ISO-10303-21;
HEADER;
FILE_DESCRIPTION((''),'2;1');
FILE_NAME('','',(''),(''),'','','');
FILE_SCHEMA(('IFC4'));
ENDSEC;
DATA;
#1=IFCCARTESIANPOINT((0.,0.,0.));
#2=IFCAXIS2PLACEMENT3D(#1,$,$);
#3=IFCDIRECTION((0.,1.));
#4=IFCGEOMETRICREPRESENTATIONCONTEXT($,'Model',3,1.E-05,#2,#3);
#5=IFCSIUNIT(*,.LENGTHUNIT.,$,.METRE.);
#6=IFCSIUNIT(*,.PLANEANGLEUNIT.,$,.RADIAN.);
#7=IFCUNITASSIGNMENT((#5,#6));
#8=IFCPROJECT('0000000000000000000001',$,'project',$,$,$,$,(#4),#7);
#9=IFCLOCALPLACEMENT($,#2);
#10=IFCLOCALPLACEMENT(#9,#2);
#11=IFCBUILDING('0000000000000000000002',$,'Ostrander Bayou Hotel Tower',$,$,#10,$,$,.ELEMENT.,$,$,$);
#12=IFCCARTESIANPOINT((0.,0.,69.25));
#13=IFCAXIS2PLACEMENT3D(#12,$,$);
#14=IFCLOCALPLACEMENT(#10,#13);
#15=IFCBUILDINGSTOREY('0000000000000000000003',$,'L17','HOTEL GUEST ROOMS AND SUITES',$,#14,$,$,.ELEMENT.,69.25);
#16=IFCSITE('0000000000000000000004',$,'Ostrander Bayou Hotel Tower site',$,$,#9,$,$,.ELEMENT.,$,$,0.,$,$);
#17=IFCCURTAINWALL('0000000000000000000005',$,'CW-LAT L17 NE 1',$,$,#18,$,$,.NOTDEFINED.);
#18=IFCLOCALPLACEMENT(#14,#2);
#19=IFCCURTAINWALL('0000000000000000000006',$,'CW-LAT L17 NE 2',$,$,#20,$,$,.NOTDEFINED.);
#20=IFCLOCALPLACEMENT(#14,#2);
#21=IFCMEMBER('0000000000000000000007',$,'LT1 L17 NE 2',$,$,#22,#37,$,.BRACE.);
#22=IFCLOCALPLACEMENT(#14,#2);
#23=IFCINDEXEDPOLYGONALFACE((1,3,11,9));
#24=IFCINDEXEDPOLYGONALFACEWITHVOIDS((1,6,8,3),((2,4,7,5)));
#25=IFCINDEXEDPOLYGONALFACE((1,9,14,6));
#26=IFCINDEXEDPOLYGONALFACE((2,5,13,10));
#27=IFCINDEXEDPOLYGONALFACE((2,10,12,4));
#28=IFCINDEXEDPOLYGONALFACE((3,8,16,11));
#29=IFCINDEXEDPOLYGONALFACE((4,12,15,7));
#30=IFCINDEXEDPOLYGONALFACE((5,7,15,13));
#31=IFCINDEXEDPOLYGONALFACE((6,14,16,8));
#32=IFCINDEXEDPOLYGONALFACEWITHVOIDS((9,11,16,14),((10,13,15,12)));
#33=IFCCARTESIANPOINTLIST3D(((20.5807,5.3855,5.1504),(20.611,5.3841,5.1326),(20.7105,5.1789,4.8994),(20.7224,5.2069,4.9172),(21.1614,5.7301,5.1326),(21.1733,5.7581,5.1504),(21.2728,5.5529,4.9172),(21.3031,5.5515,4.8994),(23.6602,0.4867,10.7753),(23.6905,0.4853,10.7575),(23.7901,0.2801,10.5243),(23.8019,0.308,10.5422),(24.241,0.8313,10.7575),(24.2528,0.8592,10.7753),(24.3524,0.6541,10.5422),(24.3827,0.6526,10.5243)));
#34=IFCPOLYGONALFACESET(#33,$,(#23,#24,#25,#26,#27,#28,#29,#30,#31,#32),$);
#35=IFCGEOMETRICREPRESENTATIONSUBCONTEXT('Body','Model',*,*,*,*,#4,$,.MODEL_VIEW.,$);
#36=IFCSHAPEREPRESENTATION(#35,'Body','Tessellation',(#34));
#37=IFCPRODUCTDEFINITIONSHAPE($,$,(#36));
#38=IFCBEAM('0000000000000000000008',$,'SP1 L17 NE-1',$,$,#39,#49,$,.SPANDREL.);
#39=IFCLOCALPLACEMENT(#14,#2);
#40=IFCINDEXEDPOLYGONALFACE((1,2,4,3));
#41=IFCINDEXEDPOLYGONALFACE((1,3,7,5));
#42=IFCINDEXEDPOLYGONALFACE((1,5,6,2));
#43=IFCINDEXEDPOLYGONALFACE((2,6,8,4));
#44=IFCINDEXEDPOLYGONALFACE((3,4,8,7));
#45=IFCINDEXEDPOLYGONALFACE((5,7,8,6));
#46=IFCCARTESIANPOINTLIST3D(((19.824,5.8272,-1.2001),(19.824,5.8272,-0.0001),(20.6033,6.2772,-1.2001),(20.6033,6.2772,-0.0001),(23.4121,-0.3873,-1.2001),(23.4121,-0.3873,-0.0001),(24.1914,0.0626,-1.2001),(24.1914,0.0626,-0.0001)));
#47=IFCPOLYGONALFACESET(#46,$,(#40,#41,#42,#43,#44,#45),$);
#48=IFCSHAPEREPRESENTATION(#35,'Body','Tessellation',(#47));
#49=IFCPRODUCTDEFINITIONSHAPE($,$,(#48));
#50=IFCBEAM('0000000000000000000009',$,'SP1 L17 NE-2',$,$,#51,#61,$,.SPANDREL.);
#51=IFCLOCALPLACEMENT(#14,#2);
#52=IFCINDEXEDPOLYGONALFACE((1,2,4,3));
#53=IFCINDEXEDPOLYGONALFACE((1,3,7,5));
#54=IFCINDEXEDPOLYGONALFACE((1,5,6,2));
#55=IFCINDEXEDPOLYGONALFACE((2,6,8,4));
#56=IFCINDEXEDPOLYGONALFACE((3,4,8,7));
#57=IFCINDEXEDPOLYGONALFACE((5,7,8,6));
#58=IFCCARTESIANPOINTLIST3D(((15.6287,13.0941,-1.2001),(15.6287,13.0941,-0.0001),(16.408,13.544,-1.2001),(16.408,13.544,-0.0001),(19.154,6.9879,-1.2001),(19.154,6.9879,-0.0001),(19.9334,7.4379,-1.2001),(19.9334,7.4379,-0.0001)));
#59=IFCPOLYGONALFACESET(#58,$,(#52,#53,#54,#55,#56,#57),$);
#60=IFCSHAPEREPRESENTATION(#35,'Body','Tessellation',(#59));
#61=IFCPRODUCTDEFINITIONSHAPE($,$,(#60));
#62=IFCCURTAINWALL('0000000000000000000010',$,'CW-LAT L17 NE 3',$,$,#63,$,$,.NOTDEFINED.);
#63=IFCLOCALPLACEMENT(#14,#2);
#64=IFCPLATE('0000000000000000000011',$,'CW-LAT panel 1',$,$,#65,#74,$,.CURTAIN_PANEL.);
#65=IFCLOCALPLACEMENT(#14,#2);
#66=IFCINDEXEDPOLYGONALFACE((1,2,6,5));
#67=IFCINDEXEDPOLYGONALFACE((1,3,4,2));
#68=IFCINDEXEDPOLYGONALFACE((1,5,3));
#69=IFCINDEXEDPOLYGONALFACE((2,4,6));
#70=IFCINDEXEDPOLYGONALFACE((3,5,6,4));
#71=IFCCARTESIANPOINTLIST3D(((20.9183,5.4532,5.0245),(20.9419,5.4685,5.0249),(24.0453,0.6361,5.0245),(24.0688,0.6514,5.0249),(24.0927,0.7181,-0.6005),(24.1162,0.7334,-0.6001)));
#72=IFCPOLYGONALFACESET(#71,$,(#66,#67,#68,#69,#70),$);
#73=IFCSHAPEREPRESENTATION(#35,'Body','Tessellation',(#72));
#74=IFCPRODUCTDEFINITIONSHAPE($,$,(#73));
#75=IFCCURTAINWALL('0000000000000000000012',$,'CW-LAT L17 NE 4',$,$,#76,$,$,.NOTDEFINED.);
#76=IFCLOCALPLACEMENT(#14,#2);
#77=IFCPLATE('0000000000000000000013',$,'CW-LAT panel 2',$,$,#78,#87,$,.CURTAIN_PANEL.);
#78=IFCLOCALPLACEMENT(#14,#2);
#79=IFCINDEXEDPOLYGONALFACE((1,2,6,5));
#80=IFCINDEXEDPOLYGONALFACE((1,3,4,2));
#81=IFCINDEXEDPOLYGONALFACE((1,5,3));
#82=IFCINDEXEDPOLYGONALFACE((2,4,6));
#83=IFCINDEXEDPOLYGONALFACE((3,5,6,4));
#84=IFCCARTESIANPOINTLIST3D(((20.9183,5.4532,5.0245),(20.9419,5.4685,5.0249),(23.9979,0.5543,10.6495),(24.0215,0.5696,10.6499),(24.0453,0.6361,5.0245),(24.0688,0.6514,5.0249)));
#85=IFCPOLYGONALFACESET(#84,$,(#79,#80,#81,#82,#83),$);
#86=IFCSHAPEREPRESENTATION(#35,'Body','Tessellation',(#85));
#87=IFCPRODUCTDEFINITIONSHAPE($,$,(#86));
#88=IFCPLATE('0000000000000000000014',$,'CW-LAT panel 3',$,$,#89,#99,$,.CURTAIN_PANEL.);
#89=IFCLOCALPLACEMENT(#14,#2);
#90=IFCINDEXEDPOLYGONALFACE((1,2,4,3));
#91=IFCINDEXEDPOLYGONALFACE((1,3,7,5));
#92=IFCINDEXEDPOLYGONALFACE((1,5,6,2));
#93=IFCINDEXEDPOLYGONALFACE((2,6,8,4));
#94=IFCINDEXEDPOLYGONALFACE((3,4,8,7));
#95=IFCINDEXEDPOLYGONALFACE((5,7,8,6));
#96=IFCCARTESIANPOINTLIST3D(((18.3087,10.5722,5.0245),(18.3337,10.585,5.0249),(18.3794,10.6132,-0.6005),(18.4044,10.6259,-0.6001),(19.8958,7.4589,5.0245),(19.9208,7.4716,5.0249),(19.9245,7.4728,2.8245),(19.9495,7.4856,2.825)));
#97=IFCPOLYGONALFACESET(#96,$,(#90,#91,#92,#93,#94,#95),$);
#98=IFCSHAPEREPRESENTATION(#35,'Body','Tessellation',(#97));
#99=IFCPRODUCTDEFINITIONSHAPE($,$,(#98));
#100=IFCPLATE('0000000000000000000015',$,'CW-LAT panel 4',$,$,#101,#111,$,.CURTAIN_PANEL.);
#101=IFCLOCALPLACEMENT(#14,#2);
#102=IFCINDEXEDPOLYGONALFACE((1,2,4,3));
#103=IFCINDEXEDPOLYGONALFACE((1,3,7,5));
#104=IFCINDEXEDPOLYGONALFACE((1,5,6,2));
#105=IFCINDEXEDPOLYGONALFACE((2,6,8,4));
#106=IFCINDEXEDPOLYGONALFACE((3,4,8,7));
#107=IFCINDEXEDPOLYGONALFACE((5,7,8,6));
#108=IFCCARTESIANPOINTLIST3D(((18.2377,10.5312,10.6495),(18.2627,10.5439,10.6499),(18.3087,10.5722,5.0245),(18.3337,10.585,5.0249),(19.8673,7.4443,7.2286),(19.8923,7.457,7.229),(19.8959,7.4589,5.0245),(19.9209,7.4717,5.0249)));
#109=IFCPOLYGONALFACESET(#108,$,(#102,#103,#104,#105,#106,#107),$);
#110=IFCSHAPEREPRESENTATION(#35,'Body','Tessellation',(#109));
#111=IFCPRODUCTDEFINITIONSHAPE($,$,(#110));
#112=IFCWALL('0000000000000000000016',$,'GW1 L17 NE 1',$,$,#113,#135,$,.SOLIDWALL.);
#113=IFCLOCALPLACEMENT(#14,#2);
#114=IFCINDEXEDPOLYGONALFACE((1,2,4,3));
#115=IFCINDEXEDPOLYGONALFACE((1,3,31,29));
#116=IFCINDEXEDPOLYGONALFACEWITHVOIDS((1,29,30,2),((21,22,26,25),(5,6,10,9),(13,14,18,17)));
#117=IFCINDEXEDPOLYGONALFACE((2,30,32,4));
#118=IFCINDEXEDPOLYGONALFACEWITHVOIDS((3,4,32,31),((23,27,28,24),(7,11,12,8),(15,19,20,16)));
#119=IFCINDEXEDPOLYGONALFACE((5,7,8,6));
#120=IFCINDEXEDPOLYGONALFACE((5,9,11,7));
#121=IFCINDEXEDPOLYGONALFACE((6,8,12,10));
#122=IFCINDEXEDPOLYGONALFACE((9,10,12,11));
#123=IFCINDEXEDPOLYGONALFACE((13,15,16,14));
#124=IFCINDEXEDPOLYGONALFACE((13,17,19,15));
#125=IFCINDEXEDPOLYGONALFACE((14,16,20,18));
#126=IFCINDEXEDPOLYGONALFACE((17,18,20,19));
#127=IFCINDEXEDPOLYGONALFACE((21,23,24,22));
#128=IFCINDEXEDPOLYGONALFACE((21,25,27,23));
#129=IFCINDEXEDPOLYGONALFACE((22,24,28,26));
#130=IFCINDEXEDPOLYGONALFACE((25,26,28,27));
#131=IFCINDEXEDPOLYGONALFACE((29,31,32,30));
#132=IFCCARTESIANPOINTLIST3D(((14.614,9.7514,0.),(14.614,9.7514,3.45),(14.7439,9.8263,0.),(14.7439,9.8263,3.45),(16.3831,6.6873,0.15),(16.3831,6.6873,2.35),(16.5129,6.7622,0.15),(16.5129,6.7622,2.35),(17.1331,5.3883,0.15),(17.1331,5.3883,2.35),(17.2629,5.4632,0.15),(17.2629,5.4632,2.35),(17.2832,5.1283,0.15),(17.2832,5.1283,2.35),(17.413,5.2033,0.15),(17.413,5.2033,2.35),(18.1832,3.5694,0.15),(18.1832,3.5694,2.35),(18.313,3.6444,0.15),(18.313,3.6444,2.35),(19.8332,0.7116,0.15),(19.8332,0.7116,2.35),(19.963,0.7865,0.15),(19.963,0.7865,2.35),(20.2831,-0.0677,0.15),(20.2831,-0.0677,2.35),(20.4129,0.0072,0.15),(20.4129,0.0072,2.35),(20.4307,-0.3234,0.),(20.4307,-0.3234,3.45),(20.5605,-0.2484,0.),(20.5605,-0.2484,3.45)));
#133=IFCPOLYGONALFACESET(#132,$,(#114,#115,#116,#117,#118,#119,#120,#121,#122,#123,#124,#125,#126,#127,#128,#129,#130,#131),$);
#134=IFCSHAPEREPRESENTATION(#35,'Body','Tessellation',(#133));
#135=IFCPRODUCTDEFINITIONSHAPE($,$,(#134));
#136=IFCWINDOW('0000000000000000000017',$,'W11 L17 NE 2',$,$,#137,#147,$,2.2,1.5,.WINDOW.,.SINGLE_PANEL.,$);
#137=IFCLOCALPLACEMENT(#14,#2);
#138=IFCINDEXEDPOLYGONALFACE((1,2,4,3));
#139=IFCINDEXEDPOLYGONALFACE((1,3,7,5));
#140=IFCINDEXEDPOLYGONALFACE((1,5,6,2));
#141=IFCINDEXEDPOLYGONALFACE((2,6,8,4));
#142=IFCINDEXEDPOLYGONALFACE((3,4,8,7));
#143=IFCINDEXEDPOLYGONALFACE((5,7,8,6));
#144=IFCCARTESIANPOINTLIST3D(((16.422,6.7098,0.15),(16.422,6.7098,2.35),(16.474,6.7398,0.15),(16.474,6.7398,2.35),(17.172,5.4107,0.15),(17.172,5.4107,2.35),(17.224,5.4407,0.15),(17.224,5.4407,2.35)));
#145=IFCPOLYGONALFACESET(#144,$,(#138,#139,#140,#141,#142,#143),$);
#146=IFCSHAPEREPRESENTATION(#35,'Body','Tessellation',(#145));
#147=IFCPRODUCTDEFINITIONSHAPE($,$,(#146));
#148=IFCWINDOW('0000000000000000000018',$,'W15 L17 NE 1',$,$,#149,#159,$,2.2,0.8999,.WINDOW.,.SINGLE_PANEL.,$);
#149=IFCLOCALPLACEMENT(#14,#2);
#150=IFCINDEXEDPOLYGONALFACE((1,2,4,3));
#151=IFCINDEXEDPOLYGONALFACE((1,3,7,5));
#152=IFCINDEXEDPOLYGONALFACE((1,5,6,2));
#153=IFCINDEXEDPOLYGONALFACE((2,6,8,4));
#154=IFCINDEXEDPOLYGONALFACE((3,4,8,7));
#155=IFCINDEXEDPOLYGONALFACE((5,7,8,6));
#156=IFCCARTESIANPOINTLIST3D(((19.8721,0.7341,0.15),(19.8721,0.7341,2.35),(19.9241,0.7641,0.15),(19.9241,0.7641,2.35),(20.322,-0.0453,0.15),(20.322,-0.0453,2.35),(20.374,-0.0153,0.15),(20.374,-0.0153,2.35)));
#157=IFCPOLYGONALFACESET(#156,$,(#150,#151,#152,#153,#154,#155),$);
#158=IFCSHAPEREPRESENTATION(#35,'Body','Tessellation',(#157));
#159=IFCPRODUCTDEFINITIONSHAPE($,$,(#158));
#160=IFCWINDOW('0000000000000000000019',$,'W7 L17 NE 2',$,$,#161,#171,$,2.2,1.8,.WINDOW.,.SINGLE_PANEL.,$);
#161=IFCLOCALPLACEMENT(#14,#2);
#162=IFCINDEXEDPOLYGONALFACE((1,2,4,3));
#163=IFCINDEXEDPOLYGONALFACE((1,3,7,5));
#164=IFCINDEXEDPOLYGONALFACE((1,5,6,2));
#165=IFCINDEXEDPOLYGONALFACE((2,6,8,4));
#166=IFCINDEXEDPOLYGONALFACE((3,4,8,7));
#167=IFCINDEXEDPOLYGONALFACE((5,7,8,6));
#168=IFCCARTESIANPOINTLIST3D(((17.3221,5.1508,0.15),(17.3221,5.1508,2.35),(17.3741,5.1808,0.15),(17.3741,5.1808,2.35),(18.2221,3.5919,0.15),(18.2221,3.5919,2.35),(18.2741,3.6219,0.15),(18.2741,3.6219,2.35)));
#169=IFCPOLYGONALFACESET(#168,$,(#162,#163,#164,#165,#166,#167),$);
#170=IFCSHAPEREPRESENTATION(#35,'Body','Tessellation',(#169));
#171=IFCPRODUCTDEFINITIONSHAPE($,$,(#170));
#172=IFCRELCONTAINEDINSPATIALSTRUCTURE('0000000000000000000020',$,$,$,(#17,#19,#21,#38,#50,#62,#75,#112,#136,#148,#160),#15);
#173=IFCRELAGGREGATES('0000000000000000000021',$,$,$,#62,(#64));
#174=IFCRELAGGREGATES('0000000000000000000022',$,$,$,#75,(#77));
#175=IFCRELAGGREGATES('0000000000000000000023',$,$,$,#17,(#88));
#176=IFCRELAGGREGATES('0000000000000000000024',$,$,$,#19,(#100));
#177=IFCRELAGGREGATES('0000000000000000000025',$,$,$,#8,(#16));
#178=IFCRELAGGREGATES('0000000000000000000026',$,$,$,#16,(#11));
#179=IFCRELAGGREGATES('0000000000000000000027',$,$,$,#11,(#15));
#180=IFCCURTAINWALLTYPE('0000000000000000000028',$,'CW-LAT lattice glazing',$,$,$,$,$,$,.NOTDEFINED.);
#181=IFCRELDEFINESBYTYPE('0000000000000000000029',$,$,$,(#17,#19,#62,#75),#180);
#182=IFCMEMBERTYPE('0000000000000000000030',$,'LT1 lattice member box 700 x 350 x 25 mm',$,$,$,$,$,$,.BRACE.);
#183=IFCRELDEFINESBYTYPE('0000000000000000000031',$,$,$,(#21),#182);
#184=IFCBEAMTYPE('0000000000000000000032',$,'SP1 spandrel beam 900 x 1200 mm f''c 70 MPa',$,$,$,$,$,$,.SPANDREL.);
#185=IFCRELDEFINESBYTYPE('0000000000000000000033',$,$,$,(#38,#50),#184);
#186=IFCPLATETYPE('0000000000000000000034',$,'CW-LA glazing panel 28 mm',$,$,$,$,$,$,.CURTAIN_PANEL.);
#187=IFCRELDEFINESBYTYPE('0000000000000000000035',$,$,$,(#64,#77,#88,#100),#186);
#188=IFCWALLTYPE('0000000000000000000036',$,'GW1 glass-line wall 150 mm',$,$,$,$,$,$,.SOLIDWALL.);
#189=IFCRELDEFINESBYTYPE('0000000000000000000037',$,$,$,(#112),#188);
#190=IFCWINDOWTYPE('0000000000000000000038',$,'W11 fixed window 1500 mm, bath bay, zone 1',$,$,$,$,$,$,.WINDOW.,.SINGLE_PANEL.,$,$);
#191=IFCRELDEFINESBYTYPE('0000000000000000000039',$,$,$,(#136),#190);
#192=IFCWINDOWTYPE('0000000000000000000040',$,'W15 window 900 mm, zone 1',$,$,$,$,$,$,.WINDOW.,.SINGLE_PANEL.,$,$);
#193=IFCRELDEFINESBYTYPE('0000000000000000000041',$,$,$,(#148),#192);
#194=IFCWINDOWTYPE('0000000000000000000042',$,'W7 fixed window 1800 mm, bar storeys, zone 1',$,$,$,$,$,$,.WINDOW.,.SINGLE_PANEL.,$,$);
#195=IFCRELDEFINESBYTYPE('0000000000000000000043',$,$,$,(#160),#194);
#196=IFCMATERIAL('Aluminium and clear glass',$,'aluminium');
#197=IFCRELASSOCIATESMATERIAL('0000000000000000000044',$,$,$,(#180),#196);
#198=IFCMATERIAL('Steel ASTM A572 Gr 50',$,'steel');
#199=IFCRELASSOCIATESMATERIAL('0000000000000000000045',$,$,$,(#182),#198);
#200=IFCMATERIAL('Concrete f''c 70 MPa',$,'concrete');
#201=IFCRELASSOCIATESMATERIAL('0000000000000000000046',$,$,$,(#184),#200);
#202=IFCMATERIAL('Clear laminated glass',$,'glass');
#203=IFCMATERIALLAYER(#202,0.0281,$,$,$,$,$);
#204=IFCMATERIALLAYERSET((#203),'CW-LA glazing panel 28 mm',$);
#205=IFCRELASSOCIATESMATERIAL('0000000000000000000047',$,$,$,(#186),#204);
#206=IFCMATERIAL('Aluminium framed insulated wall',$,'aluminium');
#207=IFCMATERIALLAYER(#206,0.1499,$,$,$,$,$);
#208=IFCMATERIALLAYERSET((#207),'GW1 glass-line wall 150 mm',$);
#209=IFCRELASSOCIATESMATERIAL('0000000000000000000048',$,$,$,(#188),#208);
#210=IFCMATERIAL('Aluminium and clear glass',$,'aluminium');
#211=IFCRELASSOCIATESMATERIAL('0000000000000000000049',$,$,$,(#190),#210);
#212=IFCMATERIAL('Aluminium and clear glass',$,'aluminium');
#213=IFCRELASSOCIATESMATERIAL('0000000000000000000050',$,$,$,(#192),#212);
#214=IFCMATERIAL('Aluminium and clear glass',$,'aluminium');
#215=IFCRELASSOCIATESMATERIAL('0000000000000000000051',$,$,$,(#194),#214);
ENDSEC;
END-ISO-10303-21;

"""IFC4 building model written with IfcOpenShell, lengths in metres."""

from ifc_helpers import new_model, si_unit, direction, frame, frame_2d, origin, origin_2d, place, context, subcontext, project, spatial, polyline, rectangle, hollow_rectangle, outline, extrude, material, layer, layer_set, material_profile, profile_set, type_object, element, fill, aggregate, save


model = new_model("IFC4")

# Units and contexts
model_context = context("Model", 3, precision=1e-05, world=origin(), true_north=direction((0.0, 1.0)))
body_context = subcontext(model_context, "Body", "Model", "MODEL_VIEW")
ifc_project = project(units=[si_unit("LENGTHUNIT", "METRE"), si_unit("PLANEANGLEUNIT", "RADIAN")], contexts=[model_context])

# Site, building, storey
site_placement = place(None, origin())
site = spatial("IfcSite", under=ifc_project, at=site_placement, Name="Ostrander Bayou Hotel Tower site", CompositionType="ELEMENT", RefElevation=0.0)
building_placement = place(site_placement, origin())
building = spatial("IfcBuilding", under=site, at=building_placement, Name="Ostrander Bayou Hotel Tower", CompositionType="ELEMENT")
storey_placement = place(building_placement, frame((0.0, 0.0, 69.25)))
storey = spatial("IfcBuildingStorey", under=building, at=storey_placement, Name="L17", Description="HOTEL GUEST ROOMS AND SUITES", CompositionType="ELEMENT", Elevation=69.25)

# Curtain wall
ifc_material_1 = material(Name="Aluminium and clear glass", Category="aluminium")
curtain_wall_type = type_object("IfcCurtainWallType", Name="CW-LAT lattice glazing", PredefinedType="NOTDEFINED", material=ifc_material_1)
curtain_wall_1_placement = place(storey_placement, origin())
curtain_wall_1 = element("IfcCurtainWall", 1, at=curtain_wall_1_placement, inside=storey, type_object=curtain_wall_type, Name="CW-LAT L17 NE 1", PredefinedType="NOTDEFINED")

# Curtain wall
curtain_wall_2_placement = place(storey_placement, origin())
curtain_wall_2 = element("IfcCurtainWall", 2, at=curtain_wall_2_placement, inside=storey, type_object=curtain_wall_type, Name="CW-LAT L17 NE 2", PredefinedType="NOTDEFINED")

# Member
ifc_material_2 = material(Name="Steel ASTM A572 Gr 50", Category="steel")
ifc_material_profile_1 = material_profile(ifc_material_2, hollow_rectangle(XDim=0.7, YDim=0.3501, WallThickness=0.0249, at=origin_2d()))
ifc_profile_set_1 = profile_set([ifc_material_profile_1], Name="Steel ASTM A572 Gr 50")
member_type_1 = type_object("IfcMemberType", Name="LT1 lattice member box 700 x 350 x 25 mm", PredefinedType="BRACE", material=ifc_profile_set_1)
member_1_placement = place(storey_placement, frame((20.9419, 5.4685, 5.0249), z_axis=(0.381612, -0.607058, 0.697031), x_axis=(0.846616, 0.532204, 0.0)))
element("IfcMember", 3, at=member_1_placement, inside=storey, type_object=member_type_1, Name="LT1 L17 NE 2", PredefinedType="BRACE", context=body_context, shape_type="SweptSolid", body=[
    extrude(hollow_rectangle(XDim=0.7, YDim=0.3501, WallThickness=0.0249, at=origin_2d()), origin(), (0.0, 0.0, 1.0), 8.0698),
])

# Beams
ifc_material_3 = material(Name="Concrete f'c 70 MPa", Category="concrete")
ifc_material_profile_2 = material_profile(ifc_material_3, rectangle(XDim=0.8999, YDim=1.2, at=origin_2d()))
ifc_profile_set_2 = profile_set([ifc_material_profile_2], Name="Concrete f'c 70 MPa")
beam_type_1 = type_object("IfcBeamType", Name="SP1 spandrel beam 900 x 1200 mm f'c 70 MPa", PredefinedType="SPANDREL", material=ifc_profile_set_2)
beam_1_placement = place(storey_placement, frame((23.8018, -0.1624, -0.6001), z_axis=(-0.500014, 0.866017, 0.0), x_axis=(-0.866017, -0.500014, 0.0)))
element("IfcBeam", 4, at=beam_1_placement, inside=storey, type_object=beam_type_1, Name="SP1 L17 NE-1", PredefinedType="SPANDREL", context=body_context, shape_type="SweptSolid", body=[
    extrude(rectangle(XDim=0.8999, YDim=1.2, at=origin_2d()), origin(), (0.0, 0.0, 1.0), 7.176),
])
beam_2_placement = place(storey_placement, frame((19.5437, 7.2129, -0.6001), z_axis=(-0.499997, 0.866027, 0.0), x_axis=(-0.866027, -0.499997, 0.0)))
element("IfcBeam", 5, at=beam_2_placement, inside=storey, type_object=beam_type_1, Name="SP1 L17 NE-2", PredefinedType="SPANDREL", context=body_context, shape_type="SweptSolid", body=[
    extrude(rectangle(XDim=0.8999, YDim=1.2, at=origin_2d()), origin(), (0.0, 0.0, 1.0), 7.0508),
])

# Curtain walls, plates
curtain_wall_3_placement = place(storey_placement, origin())
curtain_wall_3 = element("IfcCurtainWall", 6, at=curtain_wall_3_placement, inside=storey, type_object=curtain_wall_type, Name="CW-LAT L17 NE 3", PredefinedType="NOTDEFINED")
ifc_material_4 = material(Name="Clear laminated glass", Category="glass")
ifc_layer_1 = layer(ifc_material_4, 0.0281)
ifc_layer_set_1 = layer_set([ifc_layer_1], Name="CW-LA glazing panel 28 mm")
plate_type = type_object("IfcPlateType", Name="CW-LA glazing panel 28 mm", PredefinedType="CURTAIN_PANEL", material=ifc_layer_set_1)
plate_1_placement = place(storey_placement, frame((20.9419, 5.4685, 5.0249), z_axis=(0.838682, 0.544414, 0.015001), x_axis=(0.396362, -0.591251, -0.702367)))
plate_1 = element("IfcPlate", 7, at=plate_1_placement, type_object=plate_type, Name="CW-LAT panel 1", PredefinedType="CURTAIN_PANEL", context=body_context, shape_type="SweptSolid", body=[
    extrude(outline(polyline([(0.0, 0.0), (8.0086, 0.0), (4.0875, -4.0342), (0.0, 0.0)])), origin(), (0.0, 0.0, -1.0), 0.0281),
])
aggregate(curtain_wall_3, [plate_1])
curtain_wall_4_placement = place(storey_placement, origin())
curtain_wall_4 = element("IfcCurtainWall", 8, at=curtain_wall_4_placement, inside=storey, type_object=curtain_wall_type, Name="CW-LAT L17 NE 4", PredefinedType="NOTDEFINED")
plate_2_placement = place(storey_placement, frame((20.9419, 5.4685, 5.0249), z_axis=(0.838683, 0.544415, 0.014978), x_axis=(0.381612, -0.607058, 0.697031)))
plate_2 = element("IfcPlate", 9, at=plate_2_placement, type_object=plate_type, Name="CW-LAT panel 2", PredefinedType="CURTAIN_PANEL", context=body_context, shape_type="SweptSolid", body=[
    extrude(outline(polyline([(0.0, 0.0), (8.0699, 0.0), (4.1176, 4.0035), (0.0, 0.0)])), origin(), (0.0, 0.0, -1.0), 0.0281),
])
aggregate(curtain_wall_4, [plate_2])

# Plates
plate_3_placement = place(storey_placement, frame((19.9495, 7.4856, 2.825), z_axis=(0.89083, 0.454104, 0.0145), x_axis=(-0.315513, 0.641286, -0.699431)))
plate_3 = element("IfcPlate", 10, at=plate_3_placement, type_object=plate_type, Name="CW-LAT panel 3", PredefinedType="CURTAIN_PANEL", context=body_context, shape_type="SweptSolid", body=[
    extrude(outline(polyline([(0.0, 0.0), (4.8969, 0.0), (0.9586, 4.0171), (-1.5386, 1.5727), (0.0, 0.0)])), origin(), (0.0, 0.0, -1.0), 0.0281),
])
aggregate(curtain_wall_1, [plate_3])
plate_4_placement = place(storey_placement, frame((19.8923, 7.457, 7.229), z_axis=(0.890812, 0.454138, 0.014563), x_axis=(-0.333432, 0.631598, 0.699933)))
plate_4 = element("IfcPlate", 11, at=plate_4_placement, type_object=plate_type, Name="CW-LAT panel 4", PredefinedType="CURTAIN_PANEL", context=body_context, shape_type="SweptSolid", body=[
    extrude(outline(polyline([(0.0, 0.0), (4.8875, 0.0), (0.9526, -4.0204), (-1.543, -1.5742), (0.0, 0.0)])), origin(), (0.0, 0.0, -1.0), 0.0281),
])
aggregate(curtain_wall_2, [plate_4])

# Wall, openings, windows
ifc_material_5 = material(Name="Aluminium framed insulated wall", Category="aluminium")
ifc_layer_2 = layer(ifc_material_5, 0.1499)
ifc_layer_set_2 = layer_set([ifc_layer_2], Name="GW1 glass-line wall 150 mm")
wall_type_1 = type_object("IfcWallType", Name="GW1 glass-line wall 150 mm", PredefinedType="SOLIDWALL", material=ifc_layer_set_2)
wall_1_placement = place(storey_placement, frame((20.4956, -0.2859, 0.0), z_axis=(0.0, 0.0, 1.0), x_axis=(-0.500001, 0.866025, 0.0)))
wall_1 = element("IfcWall", 12, at=wall_1_placement, inside=storey, type_object=wall_type_1, Name="GW1 L17 NE 1", PredefinedType="SOLIDWALL", context=body_context, shape_type="SweptSolid", body=[
    extrude(rectangle(XDim=11.6333, YDim=0.1499, at=frame_2d((5.8167, 0.0))), origin(), (0.0, 0.0, 1.0), 3.45),
])
opening_1_placement = place(wall_1_placement, frame((0.2952, 0.0, 0.1499)))
opening_1 = element("IfcOpeningElement", 13, at=opening_1_placement, cuts=wall_1, PredefinedType="OPENING", context=body_context, shape_type="SweptSolid", body=[
    extrude(rectangle(XDim=0.8999, YDim=2.2, at=frame_2d((0.45, 1.1001))), frame((0.0, 0.075, 0.0), z_axis=(0.0, -1.0, 0.0), x_axis=(1.0, 0.0, 0.0)), (0.0, 0.0, 1.0), 0.1499),
])
opening_2_placement = place(wall_1_placement, frame((4.4951, 0.0, 0.1499)))
opening_2 = element("IfcOpeningElement", 14, at=opening_2_placement, cuts=wall_1, PredefinedType="OPENING", context=body_context, shape_type="SweptSolid", body=[
    extrude(rectangle(XDim=1.8, YDim=2.2, at=frame_2d((0.8999, 1.1001))), frame((0.0, 0.075, 0.0), z_axis=(0.0, -1.0, 0.0), x_axis=(1.0, 0.0, 0.0)), (0.0, 0.0, 1.0), 0.1499),
])
opening_3_placement = place(wall_1_placement, frame((6.5952, 0.0, 0.1499)))
opening_3 = element("IfcOpeningElement", 15, at=opening_3_placement, cuts=wall_1, PredefinedType="OPENING", context=body_context, shape_type="SweptSolid", body=[
    extrude(rectangle(XDim=1.5, YDim=2.2, at=frame_2d((0.75, 1.1001))), frame((0.0, 0.075, 0.0), z_axis=(0.0, -1.0, 0.0), x_axis=(1.0, 0.0, 0.0)), (0.0, 0.0, 1.0), 0.1499),
])
ifc_material_6 = material(Name="Aluminium and clear glass", Category="aluminium")
window_type_1 = type_object("IfcWindowType", Name="W11 fixed window 1500 mm, bath bay, zone 1", PartitioningType="SINGLE_PANEL", PredefinedType="WINDOW", material=ifc_material_6)
window_1_placement = place(opening_3_placement, origin())
window_1 = element("IfcWindow", 16, at=window_1_placement, inside=storey, type_object=window_type_1, Name="W11 L17 NE 2", OverallHeight=2.2, OverallWidth=1.5, PartitioningType="SINGLE_PANEL", PredefinedType="WINDOW", context=body_context, shape_type="SweptSolid", body=[
    extrude(rectangle(XDim=1.5, YDim=2.2, at=frame_2d((0.75, 1.1001))), frame((0.0, 0.03, 0.0), z_axis=(0.0, -1.0, 0.0), x_axis=(1.0, 0.0, 0.0)), (0.0, 0.0, 1.0), 0.0601),
])
fill(opening_3, window_1)
ifc_material_7 = material(Name="Aluminium and clear glass", Category="aluminium")
window_type_2 = type_object("IfcWindowType", Name="W15 window 900 mm, zone 1", PartitioningType="SINGLE_PANEL", PredefinedType="WINDOW", material=ifc_material_7)
window_2_placement = place(opening_1_placement, origin())
window_2 = element("IfcWindow", 17, at=window_2_placement, inside=storey, type_object=window_type_2, Name="W15 L17 NE 1", OverallHeight=2.2, OverallWidth=0.8999, PartitioningType="SINGLE_PANEL", PredefinedType="WINDOW", context=body_context, shape_type="SweptSolid", body=[
    extrude(rectangle(XDim=0.8999, YDim=2.2, at=frame_2d((0.45, 1.1001))), frame((0.0, 0.03, 0.0), z_axis=(0.0, -1.0, 0.0), x_axis=(1.0, 0.0, 0.0)), (0.0, 0.0, 1.0), 0.0601),
])
fill(opening_1, window_2)
ifc_material_8 = material(Name="Aluminium and clear glass", Category="aluminium")
window_type_3 = type_object("IfcWindowType", Name="W7 fixed window 1800 mm, bar storeys, zone 1", PartitioningType="SINGLE_PANEL", PredefinedType="WINDOW", material=ifc_material_8)
window_3_placement = place(opening_2_placement, origin())
window_3 = element("IfcWindow", 18, at=window_3_placement, inside=storey, type_object=window_type_3, Name="W7 L17 NE 2", OverallHeight=2.2, OverallWidth=1.8, PartitioningType="SINGLE_PANEL", PredefinedType="WINDOW", context=body_context, shape_type="SweptSolid", body=[
    extrude(rectangle(XDim=1.8, YDim=2.2, at=frame_2d((0.8999, 1.1001))), frame((0.0, 0.03, 0.0), z_axis=(0.0, -1.0, 0.0), x_axis=(1.0, 0.0, 0.0)), (0.0, 0.0, 1.0), 0.0601),
])
fill(opening_2, window_3)

save(model, "model.ifc")
